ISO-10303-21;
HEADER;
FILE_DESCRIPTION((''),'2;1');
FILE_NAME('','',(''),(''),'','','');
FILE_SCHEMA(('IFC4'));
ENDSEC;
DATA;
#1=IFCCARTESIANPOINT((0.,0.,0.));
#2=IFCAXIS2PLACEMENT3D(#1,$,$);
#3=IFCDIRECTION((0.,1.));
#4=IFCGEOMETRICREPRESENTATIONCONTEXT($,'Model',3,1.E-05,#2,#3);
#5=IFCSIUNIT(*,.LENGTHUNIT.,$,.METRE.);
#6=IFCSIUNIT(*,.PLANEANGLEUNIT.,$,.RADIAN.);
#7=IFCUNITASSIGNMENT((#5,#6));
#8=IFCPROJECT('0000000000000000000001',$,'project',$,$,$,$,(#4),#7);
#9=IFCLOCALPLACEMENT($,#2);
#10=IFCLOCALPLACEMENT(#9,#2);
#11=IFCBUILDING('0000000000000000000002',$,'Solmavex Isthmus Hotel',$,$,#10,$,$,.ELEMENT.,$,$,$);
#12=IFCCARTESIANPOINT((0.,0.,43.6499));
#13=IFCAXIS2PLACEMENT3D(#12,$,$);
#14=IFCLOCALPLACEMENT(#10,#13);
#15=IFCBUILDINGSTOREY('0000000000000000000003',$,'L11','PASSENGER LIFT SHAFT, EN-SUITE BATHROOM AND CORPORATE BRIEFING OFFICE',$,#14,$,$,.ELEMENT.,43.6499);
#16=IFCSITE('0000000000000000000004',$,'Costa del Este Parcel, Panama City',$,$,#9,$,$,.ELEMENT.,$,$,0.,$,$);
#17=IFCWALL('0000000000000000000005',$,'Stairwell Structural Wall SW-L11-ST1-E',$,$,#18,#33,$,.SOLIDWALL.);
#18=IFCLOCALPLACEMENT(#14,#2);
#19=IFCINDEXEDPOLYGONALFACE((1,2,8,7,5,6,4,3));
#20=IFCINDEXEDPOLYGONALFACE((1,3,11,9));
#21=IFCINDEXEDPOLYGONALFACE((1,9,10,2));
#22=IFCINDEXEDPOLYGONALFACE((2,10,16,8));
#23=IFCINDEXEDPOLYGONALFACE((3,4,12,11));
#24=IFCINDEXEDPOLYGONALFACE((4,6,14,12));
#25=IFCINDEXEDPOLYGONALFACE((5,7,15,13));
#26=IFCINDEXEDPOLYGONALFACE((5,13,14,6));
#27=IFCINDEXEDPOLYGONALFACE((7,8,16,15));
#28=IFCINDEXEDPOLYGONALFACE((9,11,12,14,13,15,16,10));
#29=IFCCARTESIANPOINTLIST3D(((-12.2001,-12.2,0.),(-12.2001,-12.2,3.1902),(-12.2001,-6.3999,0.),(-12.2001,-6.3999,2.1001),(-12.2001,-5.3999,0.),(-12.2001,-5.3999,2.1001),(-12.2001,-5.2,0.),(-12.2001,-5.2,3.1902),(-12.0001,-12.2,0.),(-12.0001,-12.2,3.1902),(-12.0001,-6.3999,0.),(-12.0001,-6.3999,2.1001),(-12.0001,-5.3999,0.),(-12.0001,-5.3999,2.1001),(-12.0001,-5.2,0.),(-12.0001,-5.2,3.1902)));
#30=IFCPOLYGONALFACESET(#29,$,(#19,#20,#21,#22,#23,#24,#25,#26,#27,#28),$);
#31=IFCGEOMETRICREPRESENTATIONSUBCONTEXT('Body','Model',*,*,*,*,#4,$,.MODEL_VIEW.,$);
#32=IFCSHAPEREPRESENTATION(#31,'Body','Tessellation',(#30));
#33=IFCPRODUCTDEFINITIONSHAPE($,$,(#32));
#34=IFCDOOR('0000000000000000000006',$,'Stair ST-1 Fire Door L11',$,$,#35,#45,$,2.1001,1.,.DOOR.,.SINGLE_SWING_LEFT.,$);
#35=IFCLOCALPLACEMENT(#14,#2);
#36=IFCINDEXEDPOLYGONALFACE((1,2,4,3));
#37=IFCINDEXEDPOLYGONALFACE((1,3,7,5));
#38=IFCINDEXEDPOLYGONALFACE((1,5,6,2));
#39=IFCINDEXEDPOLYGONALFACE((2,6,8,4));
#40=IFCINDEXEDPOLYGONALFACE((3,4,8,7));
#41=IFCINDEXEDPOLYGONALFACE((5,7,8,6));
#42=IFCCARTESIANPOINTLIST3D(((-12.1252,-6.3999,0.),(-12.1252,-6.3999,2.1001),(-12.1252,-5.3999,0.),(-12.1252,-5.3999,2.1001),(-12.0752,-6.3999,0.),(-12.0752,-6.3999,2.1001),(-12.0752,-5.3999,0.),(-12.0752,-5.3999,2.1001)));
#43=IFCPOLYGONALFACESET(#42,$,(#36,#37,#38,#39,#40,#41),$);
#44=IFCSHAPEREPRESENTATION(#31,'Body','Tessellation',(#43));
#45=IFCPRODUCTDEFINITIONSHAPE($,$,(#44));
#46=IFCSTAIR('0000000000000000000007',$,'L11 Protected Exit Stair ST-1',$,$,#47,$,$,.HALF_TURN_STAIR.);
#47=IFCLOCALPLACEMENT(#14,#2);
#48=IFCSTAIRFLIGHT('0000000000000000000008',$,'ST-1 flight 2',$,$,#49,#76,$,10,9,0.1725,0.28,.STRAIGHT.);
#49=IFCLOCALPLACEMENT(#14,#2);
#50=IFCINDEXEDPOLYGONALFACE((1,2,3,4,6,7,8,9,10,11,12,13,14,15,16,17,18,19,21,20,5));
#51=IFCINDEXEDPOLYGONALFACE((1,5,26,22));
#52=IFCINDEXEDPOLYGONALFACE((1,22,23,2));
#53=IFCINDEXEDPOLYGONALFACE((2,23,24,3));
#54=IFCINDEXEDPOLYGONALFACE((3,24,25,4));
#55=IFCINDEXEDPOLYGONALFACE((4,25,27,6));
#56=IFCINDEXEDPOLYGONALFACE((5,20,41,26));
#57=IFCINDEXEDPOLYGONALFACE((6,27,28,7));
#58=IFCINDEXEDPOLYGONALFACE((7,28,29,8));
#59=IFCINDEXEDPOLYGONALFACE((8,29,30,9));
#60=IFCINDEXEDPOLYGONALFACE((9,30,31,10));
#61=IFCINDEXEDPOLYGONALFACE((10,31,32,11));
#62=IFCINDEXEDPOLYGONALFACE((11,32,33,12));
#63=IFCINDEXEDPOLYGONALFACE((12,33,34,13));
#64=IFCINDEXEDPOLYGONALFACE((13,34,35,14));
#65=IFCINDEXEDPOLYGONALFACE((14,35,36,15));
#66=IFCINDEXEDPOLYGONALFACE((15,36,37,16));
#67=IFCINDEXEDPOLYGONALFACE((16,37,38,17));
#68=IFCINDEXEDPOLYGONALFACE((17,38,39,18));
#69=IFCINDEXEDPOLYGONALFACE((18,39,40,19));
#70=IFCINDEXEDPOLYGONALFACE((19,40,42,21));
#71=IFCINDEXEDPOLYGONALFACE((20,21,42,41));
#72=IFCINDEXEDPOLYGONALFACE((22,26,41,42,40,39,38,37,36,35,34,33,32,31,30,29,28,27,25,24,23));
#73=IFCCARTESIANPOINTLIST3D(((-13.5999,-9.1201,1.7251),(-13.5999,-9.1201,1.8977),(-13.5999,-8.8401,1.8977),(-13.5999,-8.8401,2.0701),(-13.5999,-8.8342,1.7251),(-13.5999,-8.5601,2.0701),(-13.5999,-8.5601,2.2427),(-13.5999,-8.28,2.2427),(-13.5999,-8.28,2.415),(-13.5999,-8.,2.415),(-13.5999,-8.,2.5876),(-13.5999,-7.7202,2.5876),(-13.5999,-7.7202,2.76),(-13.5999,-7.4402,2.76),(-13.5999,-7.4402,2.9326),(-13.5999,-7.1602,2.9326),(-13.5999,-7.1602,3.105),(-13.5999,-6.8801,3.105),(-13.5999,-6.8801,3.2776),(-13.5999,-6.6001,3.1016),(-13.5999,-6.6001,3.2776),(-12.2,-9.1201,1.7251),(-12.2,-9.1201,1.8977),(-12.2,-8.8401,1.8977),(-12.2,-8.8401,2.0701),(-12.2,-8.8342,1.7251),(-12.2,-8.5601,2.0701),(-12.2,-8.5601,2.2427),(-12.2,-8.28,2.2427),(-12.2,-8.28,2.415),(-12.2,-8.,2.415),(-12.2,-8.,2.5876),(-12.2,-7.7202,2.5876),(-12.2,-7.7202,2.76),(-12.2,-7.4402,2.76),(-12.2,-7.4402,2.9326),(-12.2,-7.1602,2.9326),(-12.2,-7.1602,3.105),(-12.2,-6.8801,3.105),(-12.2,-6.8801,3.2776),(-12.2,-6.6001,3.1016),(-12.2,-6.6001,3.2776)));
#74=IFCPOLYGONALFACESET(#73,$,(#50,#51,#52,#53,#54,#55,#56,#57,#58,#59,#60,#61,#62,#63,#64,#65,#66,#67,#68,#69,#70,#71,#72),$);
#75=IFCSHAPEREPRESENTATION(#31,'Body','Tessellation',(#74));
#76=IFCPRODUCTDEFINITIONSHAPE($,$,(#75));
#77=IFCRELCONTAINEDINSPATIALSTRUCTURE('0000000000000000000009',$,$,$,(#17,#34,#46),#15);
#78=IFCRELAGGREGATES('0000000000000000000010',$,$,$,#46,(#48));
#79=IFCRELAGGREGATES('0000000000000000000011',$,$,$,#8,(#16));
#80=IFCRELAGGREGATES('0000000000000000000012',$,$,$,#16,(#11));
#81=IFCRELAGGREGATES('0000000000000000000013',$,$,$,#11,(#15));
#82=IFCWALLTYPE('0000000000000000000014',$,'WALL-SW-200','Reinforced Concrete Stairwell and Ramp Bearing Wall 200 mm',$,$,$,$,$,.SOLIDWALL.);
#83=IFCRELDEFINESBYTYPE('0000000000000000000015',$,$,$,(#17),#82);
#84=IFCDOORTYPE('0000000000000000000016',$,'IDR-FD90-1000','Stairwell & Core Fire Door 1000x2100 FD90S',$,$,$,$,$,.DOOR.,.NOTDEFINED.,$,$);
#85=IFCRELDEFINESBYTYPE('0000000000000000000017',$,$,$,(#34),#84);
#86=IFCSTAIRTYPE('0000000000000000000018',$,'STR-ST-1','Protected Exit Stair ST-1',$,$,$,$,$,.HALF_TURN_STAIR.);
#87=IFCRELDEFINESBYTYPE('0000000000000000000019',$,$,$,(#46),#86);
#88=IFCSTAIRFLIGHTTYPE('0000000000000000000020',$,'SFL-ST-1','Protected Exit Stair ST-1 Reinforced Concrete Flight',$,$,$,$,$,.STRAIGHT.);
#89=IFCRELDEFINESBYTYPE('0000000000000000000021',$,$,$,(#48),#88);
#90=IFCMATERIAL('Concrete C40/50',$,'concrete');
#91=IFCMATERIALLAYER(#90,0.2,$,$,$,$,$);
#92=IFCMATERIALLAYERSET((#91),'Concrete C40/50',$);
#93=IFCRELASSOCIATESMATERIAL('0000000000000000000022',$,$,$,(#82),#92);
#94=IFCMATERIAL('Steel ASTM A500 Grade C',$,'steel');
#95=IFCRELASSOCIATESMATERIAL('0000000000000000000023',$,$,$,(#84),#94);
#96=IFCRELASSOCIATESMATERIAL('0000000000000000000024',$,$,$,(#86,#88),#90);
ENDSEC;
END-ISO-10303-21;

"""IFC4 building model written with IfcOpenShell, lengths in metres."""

from ifc_helpers import new_model, si_unit, direction, frame, frame_2d, origin, place, context, subcontext, project, spatial, polyline, rectangle, outline, extrude, material, layer, layer_set, type_object, element, fill, aggregate, save


model = new_model("IFC4")

# Units and contexts
model_context = context("Model", 3, precision=1e-05, world=origin(), true_north=direction((0.0, 1.0)))
body_context = subcontext(model_context, "Body", "Model", "MODEL_VIEW")
ifc_project = project(units=[si_unit("LENGTHUNIT", "METRE"), si_unit("PLANEANGLEUNIT", "RADIAN")], contexts=[model_context])

# Site, building, storey
site_placement = place(None, origin())
site = spatial("IfcSite", under=ifc_project, at=site_placement, Name="Costa del Este Parcel, Panama City", CompositionType="ELEMENT", RefElevation=0.0)
building_placement = place(site_placement, origin())
building = spatial("IfcBuilding", under=site, at=building_placement, Name="Solmavex Isthmus Hotel", CompositionType="ELEMENT")
storey_placement = place(building_placement, frame((0.0, 0.0, 43.6499)))
storey = spatial("IfcBuildingStorey", under=building, at=storey_placement, Name="L11", Description="PASSENGER LIFT SHAFT, EN-SUITE BATHROOM AND CORPORATE BRIEFING OFFICE", CompositionType="ELEMENT", Elevation=43.6499)

# Shared definitions
ifc_material_1 = material(Name="Concrete C40/50", Category="concrete")
ifc_material_2 = material(Name="Steel ASTM A500 Grade C", Category="steel")

# Wall, opening, door
ifc_layer_1 = layer(ifc_material_1, 0.2)
ifc_layer_set_1 = layer_set([ifc_layer_1], Name="Concrete C40/50")
wall_type_1 = type_object("IfcWallType", Name="WALL-SW-200", Description="Reinforced Concrete Stairwell and Ramp Bearing Wall 200 mm", PredefinedType="SOLIDWALL", material=ifc_layer_set_1)
wall_1_placement = place(storey_placement, frame((-12.1001, -12.2, 0.0), z_axis=(0.0, 0.0, 1.0), x_axis=(0.0, 1.0, 0.0)))
wall_1 = element("IfcWall", 1, at=wall_1_placement, inside=storey, type_object=wall_type_1, Name="Stairwell Structural Wall SW-L11-ST1-E", PredefinedType="SOLIDWALL", context=body_context, shape_type="SweptSolid", body=[
    extrude(rectangle(XDim=7.0, YDim=0.2, at=frame_2d((3.5, 0.0))), origin(), (0.0, 0.0, 1.0), 3.1902),
])
opening_1_placement = place(wall_1_placement, frame((5.8, 0.0, 0.0)))
opening_1 = element("IfcOpeningElement", 2, at=opening_1_placement, cuts=wall_1, PredefinedType="OPENING", context=body_context, shape_type="SweptSolid", body=[
    extrude(rectangle(XDim=1.0, YDim=2.1001, at=frame_2d((0.5, 1.05))), frame((0.0, 0.1099, 0.0), z_axis=(0.0, -1.0, 0.0), x_axis=(1.0, 0.0, 0.0)), (0.0, 0.0, 1.0), 0.22),
])
door_type_1 = type_object("IfcDoorType", Name="IDR-FD90-1000", Description="Stairwell & Core Fire Door 1000x2100 FD90S", OperationType="NOTDEFINED", PredefinedType="DOOR", material=ifc_material_2)
door_1_placement = place(opening_1_placement, frame((1.0, 0.0, 0.0), z_axis=(0.0, 0.0, 1.0), x_axis=(-1.0, 0.0, 0.0)))
door_1 = element("IfcDoor", 3, at=door_1_placement, inside=storey, type_object=door_type_1, Name="Stair ST-1 Fire Door L11", OperationType="SINGLE_SWING_LEFT", OverallHeight=2.1001, OverallWidth=1.0, PredefinedType="DOOR", context=body_context, shape_type="SweptSolid", body=[
    extrude(rectangle(XDim=1.0, YDim=2.1001, at=frame_2d((0.5, 1.05))), frame((0.0, 0.0249, 0.0), z_axis=(0.0, -1.0, 0.0), x_axis=(1.0, 0.0, 0.0)), (0.0, 0.0, 1.0), 0.05),
])
fill(opening_1, door_1)

# Stair, stair flight
stair_type = type_object("IfcStairType", Name="STR-ST-1", Description="Protected Exit Stair ST-1", PredefinedType="HALF_TURN_STAIR", material=ifc_material_1)
stair_placement = place(storey_placement, origin())
stair = element("IfcStair", 4, at=stair_placement, inside=storey, type_object=stair_type, Name="L11 Protected Exit Stair ST-1", PredefinedType="HALF_TURN_STAIR")
stair_flight_type = type_object("IfcStairFlightType", Name="SFL-ST-1", Description="Protected Exit Stair ST-1 Reinforced Concrete Flight", PredefinedType="STRAIGHT", material=ifc_material_1)
stair_flight_placement = place(storey_placement, frame((-12.8999, -9.1201, 1.7251), z_axis=(0.0, 0.0, 1.0), x_axis=(0.0, 1.0, 0.0)))
stair_flight = element("IfcStairFlight", 5, at=stair_flight_placement, type_object=stair_flight_type, Name="ST-1 flight 2", NumberOfRisers=10, NumberOfTreads=9, PredefinedType="STRAIGHT", RiserHeight=0.1725, TreadLength=0.28, context=body_context, shape_type="SweptSolid", body=[
    extrude(outline(polyline([(0.0, 0.0), (0.0, 0.1726), (0.28, 0.1726), (0.28, 0.345), (0.5601, 0.345), (0.5601, 0.5176), (0.8401, 0.5176), (0.8401, 0.6899), (1.1201, 0.6899), (1.1201, 0.8625), (1.3999, 0.8625), (1.3999, 1.0349), (1.6799, 1.0349), (1.6799, 1.2075), (1.96, 1.2075), (1.96, 1.3799), (2.24, 1.3799), (2.24, 1.5525), (2.52, 1.5525), (2.52, 1.7251), (2.52, 1.3765), (0.2859, 0.0), (0.0, 0.0)])), frame((0.0, 0.7, 0.0), z_axis=(0.0, -1.0, 0.0), x_axis=(1.0, 0.0, 0.0)), (0.0, 0.0, 1.0), 1.3999),
])
aggregate(stair, [stair_flight])

save(model, "model.ifc")
